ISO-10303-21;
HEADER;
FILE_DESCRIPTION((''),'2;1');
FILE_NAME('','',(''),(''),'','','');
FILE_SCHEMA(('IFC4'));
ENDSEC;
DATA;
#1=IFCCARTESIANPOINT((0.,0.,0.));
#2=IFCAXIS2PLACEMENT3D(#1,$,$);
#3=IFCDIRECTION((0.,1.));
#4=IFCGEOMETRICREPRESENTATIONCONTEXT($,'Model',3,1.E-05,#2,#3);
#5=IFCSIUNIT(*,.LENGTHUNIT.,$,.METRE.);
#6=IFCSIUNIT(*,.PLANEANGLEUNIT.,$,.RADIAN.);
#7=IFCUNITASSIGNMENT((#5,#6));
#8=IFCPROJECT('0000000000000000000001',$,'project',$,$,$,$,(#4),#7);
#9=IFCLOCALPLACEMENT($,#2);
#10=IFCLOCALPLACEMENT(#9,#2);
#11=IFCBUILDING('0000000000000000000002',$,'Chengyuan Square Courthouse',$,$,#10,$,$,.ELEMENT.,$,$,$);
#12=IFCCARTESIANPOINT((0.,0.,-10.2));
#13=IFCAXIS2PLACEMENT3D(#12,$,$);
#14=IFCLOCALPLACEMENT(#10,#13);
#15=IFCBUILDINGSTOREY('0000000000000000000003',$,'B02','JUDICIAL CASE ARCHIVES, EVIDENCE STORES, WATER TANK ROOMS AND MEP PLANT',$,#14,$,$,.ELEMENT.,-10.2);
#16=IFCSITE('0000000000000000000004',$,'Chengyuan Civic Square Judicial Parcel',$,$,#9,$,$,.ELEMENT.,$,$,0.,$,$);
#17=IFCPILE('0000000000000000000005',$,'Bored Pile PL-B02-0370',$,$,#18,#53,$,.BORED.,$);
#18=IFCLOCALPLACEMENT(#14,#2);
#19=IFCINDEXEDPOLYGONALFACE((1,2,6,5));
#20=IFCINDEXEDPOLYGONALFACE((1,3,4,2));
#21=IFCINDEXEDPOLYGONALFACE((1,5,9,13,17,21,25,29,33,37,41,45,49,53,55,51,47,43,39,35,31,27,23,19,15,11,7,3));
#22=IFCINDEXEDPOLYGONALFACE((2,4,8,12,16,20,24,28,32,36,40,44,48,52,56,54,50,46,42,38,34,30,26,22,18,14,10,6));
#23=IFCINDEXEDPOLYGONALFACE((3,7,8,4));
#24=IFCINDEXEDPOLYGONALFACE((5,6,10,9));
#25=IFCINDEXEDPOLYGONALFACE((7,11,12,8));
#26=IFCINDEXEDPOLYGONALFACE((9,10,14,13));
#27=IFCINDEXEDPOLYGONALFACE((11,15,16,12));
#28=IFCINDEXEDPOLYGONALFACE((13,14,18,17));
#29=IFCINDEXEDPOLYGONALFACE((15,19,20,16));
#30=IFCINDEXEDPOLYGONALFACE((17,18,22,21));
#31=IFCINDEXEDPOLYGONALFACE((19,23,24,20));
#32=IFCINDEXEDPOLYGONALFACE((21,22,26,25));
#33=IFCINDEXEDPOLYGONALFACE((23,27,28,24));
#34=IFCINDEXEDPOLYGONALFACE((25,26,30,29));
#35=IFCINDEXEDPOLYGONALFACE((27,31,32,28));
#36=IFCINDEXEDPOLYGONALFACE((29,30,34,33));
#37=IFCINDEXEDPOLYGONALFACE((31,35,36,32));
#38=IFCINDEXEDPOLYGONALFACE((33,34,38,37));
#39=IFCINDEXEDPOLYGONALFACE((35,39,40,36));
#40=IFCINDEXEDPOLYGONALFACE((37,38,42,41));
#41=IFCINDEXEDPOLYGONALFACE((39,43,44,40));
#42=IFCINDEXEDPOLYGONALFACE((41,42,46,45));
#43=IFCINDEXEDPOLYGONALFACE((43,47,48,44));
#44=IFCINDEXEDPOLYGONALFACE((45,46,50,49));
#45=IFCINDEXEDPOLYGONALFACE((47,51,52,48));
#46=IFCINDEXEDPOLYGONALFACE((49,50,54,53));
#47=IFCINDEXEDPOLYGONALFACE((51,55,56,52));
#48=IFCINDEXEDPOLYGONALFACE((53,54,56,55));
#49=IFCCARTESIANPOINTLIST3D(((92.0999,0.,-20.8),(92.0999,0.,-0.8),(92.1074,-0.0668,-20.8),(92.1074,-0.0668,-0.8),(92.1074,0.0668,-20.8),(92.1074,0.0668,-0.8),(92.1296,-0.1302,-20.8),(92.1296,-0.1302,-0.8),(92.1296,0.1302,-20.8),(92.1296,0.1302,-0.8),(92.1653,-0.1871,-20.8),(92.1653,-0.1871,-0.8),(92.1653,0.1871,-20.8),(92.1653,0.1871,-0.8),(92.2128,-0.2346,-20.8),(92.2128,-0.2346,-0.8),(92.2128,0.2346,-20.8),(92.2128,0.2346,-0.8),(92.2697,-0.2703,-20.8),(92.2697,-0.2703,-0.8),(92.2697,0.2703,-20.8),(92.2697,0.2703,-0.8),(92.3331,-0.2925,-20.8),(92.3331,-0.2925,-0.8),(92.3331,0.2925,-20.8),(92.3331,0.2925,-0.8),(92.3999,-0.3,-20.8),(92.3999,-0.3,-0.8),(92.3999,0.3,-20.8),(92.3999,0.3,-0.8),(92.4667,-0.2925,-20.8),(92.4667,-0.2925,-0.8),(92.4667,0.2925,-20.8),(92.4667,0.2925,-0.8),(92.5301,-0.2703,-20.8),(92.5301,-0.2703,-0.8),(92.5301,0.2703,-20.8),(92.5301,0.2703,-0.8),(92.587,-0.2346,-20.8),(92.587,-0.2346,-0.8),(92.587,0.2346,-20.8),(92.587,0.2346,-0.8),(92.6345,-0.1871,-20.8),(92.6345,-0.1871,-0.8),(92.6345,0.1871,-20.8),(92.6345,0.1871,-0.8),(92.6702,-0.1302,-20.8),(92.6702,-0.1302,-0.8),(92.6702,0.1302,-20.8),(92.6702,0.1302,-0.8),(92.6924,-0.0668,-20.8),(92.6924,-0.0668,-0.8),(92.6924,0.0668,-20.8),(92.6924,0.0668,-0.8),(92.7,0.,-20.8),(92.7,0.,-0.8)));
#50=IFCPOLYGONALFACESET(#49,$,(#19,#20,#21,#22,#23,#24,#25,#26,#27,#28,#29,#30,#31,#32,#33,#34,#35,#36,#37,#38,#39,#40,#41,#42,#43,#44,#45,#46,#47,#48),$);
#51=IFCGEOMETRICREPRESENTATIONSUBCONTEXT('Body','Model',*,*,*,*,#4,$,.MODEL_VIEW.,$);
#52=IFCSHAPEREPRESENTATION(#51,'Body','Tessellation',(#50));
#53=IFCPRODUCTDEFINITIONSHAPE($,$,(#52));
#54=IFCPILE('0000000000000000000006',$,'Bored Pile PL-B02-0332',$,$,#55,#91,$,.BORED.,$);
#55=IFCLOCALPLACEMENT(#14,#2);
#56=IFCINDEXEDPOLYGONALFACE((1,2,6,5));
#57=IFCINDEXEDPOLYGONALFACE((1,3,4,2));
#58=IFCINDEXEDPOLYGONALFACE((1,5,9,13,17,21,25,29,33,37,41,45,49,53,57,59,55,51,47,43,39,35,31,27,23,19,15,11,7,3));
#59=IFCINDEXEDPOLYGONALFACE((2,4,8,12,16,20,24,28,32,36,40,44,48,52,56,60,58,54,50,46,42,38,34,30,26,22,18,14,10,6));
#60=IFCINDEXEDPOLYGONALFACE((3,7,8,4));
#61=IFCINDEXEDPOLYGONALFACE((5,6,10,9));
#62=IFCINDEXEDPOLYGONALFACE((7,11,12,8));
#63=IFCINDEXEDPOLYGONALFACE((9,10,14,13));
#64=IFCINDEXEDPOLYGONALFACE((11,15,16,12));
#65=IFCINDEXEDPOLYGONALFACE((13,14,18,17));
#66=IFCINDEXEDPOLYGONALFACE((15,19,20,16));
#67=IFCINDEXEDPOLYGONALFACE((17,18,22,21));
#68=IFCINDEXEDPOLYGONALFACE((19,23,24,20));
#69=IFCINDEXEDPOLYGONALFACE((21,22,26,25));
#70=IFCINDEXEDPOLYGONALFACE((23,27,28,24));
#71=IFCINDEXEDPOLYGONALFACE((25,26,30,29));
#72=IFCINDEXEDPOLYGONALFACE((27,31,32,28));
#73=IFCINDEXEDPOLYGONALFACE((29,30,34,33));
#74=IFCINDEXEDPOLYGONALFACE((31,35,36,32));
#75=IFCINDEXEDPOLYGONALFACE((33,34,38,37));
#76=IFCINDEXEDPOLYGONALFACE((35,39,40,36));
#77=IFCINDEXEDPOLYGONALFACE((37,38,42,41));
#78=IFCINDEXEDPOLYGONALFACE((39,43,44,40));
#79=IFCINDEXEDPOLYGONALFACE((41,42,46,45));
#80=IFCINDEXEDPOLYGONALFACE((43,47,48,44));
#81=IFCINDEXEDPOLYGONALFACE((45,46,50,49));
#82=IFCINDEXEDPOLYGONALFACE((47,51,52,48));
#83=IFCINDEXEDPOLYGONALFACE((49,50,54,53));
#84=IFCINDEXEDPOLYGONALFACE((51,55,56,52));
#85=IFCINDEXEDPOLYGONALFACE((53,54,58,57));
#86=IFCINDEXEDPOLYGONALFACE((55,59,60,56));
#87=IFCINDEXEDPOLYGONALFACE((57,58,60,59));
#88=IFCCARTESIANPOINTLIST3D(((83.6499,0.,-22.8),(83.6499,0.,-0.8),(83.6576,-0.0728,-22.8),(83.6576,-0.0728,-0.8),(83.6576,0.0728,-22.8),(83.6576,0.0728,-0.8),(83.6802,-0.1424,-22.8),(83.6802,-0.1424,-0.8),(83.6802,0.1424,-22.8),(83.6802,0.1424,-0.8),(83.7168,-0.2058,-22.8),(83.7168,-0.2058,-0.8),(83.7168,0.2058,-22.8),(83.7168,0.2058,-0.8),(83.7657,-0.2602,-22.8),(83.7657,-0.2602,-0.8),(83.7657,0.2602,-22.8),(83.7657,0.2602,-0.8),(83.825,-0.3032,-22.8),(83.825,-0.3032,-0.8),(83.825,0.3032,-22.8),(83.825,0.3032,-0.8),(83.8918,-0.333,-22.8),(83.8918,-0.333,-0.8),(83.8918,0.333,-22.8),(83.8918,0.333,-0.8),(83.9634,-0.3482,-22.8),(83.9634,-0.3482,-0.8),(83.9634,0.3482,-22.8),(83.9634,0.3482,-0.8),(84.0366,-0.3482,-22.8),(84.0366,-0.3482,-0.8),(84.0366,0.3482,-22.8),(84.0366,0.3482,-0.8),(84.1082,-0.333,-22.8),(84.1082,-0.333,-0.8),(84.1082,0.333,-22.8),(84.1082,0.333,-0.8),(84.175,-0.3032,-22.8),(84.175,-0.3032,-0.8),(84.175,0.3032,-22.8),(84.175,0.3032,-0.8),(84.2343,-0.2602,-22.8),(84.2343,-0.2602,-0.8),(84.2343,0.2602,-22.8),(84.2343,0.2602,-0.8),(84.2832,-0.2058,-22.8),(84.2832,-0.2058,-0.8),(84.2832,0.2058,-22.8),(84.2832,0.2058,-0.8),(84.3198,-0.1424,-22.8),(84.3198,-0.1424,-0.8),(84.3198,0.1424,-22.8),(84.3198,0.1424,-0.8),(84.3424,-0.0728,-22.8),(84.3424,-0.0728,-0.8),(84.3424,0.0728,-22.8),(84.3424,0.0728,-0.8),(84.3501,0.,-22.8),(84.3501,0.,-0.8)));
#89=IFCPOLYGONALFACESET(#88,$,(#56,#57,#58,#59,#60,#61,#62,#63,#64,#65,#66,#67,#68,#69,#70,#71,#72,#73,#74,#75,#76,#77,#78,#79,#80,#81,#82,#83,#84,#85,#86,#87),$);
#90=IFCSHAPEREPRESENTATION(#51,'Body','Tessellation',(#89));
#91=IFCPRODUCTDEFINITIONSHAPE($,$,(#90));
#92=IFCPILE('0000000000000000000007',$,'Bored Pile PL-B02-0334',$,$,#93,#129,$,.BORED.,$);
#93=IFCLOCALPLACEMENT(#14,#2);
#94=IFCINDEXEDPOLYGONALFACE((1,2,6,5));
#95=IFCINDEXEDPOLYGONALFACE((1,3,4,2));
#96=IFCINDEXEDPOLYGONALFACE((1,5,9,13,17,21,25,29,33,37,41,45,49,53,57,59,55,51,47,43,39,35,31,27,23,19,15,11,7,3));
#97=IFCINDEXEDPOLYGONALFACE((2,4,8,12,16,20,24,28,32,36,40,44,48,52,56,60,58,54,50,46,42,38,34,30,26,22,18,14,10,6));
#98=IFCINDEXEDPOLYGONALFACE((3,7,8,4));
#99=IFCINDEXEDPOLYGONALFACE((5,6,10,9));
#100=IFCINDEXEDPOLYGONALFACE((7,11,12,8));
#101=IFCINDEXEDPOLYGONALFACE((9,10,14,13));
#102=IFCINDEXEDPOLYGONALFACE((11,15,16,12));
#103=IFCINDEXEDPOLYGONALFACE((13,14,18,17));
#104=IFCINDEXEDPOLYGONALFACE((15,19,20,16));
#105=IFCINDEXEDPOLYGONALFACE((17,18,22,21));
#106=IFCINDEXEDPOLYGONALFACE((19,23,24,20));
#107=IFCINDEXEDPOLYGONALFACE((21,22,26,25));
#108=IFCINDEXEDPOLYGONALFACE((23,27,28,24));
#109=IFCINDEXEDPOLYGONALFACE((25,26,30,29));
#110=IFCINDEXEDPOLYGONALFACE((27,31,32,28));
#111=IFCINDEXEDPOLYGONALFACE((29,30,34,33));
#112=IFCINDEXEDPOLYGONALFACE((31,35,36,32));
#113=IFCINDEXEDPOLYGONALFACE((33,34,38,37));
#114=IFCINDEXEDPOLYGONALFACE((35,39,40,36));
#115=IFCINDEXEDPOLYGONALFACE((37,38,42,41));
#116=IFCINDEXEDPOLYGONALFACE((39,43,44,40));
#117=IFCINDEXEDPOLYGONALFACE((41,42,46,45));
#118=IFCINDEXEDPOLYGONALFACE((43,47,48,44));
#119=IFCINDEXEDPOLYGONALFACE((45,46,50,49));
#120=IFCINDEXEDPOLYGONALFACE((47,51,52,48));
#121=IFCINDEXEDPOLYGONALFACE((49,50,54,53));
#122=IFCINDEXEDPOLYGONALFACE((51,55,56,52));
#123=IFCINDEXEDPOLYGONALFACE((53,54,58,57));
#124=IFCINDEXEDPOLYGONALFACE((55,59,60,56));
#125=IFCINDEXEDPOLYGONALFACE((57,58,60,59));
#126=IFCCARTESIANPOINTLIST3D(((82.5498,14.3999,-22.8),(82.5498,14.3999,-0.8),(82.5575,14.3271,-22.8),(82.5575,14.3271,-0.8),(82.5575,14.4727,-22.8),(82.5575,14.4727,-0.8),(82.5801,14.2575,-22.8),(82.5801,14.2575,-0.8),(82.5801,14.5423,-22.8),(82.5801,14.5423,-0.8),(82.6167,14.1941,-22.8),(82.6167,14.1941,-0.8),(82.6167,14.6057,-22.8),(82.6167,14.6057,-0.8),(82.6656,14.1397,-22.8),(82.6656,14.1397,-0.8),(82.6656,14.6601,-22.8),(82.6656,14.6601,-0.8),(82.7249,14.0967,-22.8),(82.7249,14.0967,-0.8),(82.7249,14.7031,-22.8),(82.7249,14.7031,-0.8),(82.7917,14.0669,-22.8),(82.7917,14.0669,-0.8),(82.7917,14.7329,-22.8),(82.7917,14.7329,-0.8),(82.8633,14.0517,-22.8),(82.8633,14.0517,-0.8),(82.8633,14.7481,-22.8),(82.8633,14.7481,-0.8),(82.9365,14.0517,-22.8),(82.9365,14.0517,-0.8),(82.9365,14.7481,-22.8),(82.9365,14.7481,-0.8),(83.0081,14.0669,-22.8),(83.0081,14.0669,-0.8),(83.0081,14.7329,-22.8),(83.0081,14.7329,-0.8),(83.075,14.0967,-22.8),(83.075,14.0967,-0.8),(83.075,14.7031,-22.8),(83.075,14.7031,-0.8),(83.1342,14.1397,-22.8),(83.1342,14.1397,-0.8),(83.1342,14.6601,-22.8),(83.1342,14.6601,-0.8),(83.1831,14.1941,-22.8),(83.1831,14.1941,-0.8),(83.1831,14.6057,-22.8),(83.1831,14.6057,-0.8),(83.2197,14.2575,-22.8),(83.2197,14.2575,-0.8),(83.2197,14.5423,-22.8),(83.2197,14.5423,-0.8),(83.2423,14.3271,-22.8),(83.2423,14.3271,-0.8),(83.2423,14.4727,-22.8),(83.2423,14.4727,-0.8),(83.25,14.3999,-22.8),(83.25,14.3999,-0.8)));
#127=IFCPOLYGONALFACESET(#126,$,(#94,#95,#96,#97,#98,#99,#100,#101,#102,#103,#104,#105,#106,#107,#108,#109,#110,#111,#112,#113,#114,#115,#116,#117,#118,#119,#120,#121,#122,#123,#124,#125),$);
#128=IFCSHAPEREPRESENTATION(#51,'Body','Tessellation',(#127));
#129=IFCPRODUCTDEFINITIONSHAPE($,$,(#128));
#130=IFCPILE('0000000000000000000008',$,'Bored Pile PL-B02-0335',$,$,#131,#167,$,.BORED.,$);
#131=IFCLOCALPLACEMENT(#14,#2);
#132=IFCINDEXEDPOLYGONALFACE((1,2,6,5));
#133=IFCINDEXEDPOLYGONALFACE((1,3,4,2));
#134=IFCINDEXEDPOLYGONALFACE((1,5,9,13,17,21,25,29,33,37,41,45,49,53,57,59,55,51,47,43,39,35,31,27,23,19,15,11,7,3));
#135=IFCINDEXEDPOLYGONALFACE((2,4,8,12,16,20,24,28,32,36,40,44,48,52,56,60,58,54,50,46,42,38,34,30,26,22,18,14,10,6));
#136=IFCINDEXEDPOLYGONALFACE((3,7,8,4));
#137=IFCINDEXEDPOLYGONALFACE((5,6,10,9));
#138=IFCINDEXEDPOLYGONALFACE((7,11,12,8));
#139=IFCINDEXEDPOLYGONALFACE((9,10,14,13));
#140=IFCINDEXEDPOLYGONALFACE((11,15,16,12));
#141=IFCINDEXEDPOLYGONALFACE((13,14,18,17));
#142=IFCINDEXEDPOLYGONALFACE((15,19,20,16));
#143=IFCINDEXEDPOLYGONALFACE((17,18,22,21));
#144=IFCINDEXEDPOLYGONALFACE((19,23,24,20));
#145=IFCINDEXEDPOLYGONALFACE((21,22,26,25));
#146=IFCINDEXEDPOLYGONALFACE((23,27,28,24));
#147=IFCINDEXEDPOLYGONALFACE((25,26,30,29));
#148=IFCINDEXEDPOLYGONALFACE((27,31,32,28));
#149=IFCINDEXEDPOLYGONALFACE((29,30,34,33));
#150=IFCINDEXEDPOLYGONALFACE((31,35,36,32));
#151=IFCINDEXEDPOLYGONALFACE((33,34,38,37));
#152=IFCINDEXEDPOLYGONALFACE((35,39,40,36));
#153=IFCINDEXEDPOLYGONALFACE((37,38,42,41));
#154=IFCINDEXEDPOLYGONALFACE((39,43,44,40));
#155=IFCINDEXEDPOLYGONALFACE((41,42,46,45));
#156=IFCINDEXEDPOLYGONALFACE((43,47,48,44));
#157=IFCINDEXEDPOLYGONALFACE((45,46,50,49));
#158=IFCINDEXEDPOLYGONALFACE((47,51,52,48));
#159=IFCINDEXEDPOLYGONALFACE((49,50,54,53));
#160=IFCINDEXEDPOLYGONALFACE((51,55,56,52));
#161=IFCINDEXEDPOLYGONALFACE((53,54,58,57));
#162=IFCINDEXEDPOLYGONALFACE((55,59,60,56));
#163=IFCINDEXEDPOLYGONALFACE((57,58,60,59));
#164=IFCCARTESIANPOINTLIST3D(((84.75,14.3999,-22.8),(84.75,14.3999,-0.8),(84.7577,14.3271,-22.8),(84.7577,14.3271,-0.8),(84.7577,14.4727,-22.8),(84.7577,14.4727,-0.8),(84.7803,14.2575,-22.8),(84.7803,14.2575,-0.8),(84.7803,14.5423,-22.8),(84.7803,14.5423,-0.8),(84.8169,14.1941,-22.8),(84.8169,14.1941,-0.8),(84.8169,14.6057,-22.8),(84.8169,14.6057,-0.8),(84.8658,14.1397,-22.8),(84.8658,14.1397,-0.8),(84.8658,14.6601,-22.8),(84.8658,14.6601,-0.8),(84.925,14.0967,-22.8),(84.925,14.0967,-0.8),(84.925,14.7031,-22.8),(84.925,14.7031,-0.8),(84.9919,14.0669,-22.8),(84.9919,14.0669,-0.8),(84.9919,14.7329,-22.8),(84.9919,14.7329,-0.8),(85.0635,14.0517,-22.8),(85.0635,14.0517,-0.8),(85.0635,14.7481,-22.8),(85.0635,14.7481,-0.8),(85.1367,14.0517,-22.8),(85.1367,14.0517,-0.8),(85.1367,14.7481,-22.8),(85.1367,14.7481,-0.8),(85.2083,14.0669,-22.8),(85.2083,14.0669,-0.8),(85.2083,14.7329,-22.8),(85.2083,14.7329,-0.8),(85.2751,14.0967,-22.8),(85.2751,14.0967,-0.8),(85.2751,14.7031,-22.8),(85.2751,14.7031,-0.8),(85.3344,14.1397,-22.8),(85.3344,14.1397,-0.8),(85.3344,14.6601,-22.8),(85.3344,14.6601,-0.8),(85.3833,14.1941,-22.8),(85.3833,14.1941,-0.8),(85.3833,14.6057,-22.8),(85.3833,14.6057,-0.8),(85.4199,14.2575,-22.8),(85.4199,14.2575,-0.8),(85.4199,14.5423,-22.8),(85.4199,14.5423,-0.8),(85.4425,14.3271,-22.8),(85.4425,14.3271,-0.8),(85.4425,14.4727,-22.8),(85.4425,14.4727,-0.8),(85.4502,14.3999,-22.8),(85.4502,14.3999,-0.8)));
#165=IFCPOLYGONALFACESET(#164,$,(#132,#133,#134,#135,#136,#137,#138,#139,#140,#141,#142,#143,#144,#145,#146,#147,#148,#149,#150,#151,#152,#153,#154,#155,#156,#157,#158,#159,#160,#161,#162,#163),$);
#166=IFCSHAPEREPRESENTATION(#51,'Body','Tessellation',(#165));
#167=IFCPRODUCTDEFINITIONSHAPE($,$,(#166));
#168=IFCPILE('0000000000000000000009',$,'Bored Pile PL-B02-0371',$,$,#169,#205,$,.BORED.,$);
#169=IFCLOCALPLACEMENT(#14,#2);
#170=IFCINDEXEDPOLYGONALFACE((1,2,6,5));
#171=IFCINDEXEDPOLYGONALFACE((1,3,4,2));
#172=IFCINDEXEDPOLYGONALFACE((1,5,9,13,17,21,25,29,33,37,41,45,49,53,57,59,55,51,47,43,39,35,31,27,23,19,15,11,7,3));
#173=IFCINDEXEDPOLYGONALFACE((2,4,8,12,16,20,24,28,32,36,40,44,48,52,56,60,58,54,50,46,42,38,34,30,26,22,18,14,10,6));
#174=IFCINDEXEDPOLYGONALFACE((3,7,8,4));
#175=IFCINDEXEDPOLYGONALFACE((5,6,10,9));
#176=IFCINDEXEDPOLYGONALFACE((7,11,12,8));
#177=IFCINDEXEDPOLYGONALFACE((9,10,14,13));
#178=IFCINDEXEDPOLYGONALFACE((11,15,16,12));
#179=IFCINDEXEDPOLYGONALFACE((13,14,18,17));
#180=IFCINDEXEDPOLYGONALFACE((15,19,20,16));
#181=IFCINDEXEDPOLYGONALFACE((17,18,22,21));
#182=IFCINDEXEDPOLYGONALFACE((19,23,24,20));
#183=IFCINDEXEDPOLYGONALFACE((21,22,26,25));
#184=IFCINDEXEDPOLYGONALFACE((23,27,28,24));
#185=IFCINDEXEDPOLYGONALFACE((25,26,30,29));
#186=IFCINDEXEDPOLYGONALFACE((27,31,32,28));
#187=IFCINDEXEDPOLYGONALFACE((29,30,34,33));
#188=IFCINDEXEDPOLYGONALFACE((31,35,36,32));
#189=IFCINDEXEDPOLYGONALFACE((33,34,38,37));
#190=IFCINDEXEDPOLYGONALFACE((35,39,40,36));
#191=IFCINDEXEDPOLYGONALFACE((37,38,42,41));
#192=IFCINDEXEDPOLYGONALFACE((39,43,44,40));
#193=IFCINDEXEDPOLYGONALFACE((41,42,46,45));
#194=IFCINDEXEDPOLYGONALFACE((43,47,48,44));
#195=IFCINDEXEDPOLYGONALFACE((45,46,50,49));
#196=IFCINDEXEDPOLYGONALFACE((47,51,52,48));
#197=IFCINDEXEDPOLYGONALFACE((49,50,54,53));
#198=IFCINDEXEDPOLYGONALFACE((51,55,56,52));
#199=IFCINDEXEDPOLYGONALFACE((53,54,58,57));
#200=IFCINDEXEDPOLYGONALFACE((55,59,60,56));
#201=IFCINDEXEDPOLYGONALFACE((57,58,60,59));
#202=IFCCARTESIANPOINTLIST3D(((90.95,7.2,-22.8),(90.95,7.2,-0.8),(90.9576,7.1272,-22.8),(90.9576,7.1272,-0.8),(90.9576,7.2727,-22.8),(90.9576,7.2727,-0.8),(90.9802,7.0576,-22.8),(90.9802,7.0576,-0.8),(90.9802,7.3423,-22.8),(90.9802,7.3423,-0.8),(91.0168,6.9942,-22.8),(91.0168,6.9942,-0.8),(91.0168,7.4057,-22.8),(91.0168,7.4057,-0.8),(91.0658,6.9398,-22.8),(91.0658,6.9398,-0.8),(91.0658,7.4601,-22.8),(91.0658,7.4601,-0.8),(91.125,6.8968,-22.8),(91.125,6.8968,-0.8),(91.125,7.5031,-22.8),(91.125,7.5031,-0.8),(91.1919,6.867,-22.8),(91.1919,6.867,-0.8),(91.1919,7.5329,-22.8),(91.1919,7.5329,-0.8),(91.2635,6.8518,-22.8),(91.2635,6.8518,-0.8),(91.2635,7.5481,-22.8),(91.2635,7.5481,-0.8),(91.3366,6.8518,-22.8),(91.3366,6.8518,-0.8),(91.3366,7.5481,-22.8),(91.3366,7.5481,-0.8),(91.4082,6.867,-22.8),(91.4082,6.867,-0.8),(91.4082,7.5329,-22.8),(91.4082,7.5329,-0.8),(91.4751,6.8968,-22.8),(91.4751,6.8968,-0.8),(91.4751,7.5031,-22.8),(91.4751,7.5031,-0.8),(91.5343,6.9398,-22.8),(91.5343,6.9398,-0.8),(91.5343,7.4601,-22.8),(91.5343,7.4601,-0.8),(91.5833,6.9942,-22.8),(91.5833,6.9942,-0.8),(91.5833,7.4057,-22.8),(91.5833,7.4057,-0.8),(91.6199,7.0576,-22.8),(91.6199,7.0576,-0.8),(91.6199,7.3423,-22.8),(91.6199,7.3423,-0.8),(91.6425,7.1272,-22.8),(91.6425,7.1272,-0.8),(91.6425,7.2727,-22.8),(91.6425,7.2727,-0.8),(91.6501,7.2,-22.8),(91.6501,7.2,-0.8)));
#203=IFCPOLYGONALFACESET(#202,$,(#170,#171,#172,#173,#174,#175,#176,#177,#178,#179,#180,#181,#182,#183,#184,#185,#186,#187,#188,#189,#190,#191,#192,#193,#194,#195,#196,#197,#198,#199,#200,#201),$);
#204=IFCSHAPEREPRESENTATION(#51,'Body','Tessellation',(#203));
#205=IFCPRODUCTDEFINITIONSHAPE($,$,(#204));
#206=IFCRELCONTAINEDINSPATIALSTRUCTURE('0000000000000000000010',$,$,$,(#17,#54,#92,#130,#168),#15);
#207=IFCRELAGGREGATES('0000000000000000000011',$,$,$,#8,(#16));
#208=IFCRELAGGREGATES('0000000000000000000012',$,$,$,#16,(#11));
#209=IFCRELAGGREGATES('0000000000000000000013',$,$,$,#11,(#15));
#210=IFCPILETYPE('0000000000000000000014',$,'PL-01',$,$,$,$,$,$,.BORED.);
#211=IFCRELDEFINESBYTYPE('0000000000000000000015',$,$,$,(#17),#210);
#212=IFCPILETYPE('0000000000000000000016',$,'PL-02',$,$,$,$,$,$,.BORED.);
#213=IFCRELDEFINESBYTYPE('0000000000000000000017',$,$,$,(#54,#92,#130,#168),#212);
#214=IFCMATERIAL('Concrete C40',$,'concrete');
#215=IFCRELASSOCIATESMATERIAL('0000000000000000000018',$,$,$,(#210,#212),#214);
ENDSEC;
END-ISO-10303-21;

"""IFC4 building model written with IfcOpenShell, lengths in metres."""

from ifc_helpers import new_model, si_unit, direction, frame, origin, origin_2d, place, context, subcontext, project, spatial, circle, extrude, material, material_profile, profile_set, type_object, element, save


model = new_model("IFC4")

# Units and contexts
model_context = context("Model", 3, precision=1e-05, world=origin(), true_north=direction((0.0, 1.0)))
body_context = subcontext(model_context, "Body", "Model", "MODEL_VIEW")
ifc_project = project(units=[si_unit("LENGTHUNIT", "METRE"), si_unit("PLANEANGLEUNIT", "RADIAN")], contexts=[model_context])

# Site, building, storey
site_placement = place(None, origin())
site = spatial("IfcSite", under=ifc_project, at=site_placement, Name="Chengyuan Civic Square Judicial Parcel", CompositionType="ELEMENT", RefElevation=0.0)
building_placement = place(site_placement, origin())
building = spatial("IfcBuilding", under=site, at=building_placement, Name="Chengyuan Square Courthouse", CompositionType="ELEMENT")
storey_placement = place(building_placement, frame((0.0, 0.0, -10.2)))
storey = spatial("IfcBuildingStorey", under=building, at=storey_placement, Name="B02", Description="JUDICIAL CASE ARCHIVES, EVIDENCE STORES, WATER TANK ROOMS AND MEP PLANT", CompositionType="ELEMENT", Elevation=-10.2)

# Shared definitions
ifc_material_1 = material(Name="Concrete C40", Category="concrete")

# Piles
ifc_material_profile_1 = material_profile(ifc_material_1, circle(Radius=0.3, at=origin_2d()), Name="BORED PILE D600")
ifc_profile_set_1 = profile_set([ifc_material_profile_1], Name="Concrete C40")
pile_type_1 = type_object("IfcPileType", Name="PL-01", PredefinedType="BORED", material=ifc_profile_set_1)
for number, where, z_axis, x_axis, name in (
    (1, (92.3999, 0.0, -0.8), (0.0, 0.0, -1.0), (1.0, 0.0, 0.0), "Bored Pile PL-B02-0370"),
):
    element("IfcPile", number, at=place(storey_placement, frame(where, z_axis=z_axis, x_axis=x_axis)), inside=storey, type_object=pile_type_1, Name=name, PredefinedType="BORED", context=body_context, shape_type="SweptSolid", body=[
        extrude(circle(Radius=0.3, at=origin_2d()), origin(), (0.0, 0.0, 1.0), 20.0),
    ])
ifc_material_profile_2 = material_profile(ifc_material_1, circle(Radius=0.3501, at=origin_2d()), Name="BORED PILE D700")
ifc_profile_set_2 = profile_set([ifc_material_profile_2], Name="Concrete C40")
pile_type_2 = type_object("IfcPileType", Name="PL-02", PredefinedType="BORED", material=ifc_profile_set_2)
for number, where, z_axis, x_axis, name in (
    (2, (84.0, 0.0, -0.8), (0.0, 0.0, -1.0), (1.0, 0.0, 0.0), "Bored Pile PL-B02-0332"),
    (3, (82.8999, 14.3999, -0.8), (0.0, 0.0, -1.0), (1.0, 0.0, 0.0), "Bored Pile PL-B02-0334"),
    (4, (85.1001, 14.3999, -0.8), (0.0, 0.0, -1.0), (1.0, 0.0, 0.0), "Bored Pile PL-B02-0335"),
    (5, (91.3, 7.2, -0.8), (0.0, 0.0, -1.0), (1.0, 0.0, 0.0), "Bored Pile PL-B02-0371"),
):
    element("IfcPile", number, at=place(storey_placement, frame(where, z_axis=z_axis, x_axis=x_axis)), inside=storey, type_object=pile_type_2, Name=name, PredefinedType="BORED", context=body_context, shape_type="SweptSolid", body=[
        extrude(circle(Radius=0.3501, at=origin_2d()), origin(), (0.0, 0.0, 1.0), 22.0),
    ])

save(model, "model.ifc")
